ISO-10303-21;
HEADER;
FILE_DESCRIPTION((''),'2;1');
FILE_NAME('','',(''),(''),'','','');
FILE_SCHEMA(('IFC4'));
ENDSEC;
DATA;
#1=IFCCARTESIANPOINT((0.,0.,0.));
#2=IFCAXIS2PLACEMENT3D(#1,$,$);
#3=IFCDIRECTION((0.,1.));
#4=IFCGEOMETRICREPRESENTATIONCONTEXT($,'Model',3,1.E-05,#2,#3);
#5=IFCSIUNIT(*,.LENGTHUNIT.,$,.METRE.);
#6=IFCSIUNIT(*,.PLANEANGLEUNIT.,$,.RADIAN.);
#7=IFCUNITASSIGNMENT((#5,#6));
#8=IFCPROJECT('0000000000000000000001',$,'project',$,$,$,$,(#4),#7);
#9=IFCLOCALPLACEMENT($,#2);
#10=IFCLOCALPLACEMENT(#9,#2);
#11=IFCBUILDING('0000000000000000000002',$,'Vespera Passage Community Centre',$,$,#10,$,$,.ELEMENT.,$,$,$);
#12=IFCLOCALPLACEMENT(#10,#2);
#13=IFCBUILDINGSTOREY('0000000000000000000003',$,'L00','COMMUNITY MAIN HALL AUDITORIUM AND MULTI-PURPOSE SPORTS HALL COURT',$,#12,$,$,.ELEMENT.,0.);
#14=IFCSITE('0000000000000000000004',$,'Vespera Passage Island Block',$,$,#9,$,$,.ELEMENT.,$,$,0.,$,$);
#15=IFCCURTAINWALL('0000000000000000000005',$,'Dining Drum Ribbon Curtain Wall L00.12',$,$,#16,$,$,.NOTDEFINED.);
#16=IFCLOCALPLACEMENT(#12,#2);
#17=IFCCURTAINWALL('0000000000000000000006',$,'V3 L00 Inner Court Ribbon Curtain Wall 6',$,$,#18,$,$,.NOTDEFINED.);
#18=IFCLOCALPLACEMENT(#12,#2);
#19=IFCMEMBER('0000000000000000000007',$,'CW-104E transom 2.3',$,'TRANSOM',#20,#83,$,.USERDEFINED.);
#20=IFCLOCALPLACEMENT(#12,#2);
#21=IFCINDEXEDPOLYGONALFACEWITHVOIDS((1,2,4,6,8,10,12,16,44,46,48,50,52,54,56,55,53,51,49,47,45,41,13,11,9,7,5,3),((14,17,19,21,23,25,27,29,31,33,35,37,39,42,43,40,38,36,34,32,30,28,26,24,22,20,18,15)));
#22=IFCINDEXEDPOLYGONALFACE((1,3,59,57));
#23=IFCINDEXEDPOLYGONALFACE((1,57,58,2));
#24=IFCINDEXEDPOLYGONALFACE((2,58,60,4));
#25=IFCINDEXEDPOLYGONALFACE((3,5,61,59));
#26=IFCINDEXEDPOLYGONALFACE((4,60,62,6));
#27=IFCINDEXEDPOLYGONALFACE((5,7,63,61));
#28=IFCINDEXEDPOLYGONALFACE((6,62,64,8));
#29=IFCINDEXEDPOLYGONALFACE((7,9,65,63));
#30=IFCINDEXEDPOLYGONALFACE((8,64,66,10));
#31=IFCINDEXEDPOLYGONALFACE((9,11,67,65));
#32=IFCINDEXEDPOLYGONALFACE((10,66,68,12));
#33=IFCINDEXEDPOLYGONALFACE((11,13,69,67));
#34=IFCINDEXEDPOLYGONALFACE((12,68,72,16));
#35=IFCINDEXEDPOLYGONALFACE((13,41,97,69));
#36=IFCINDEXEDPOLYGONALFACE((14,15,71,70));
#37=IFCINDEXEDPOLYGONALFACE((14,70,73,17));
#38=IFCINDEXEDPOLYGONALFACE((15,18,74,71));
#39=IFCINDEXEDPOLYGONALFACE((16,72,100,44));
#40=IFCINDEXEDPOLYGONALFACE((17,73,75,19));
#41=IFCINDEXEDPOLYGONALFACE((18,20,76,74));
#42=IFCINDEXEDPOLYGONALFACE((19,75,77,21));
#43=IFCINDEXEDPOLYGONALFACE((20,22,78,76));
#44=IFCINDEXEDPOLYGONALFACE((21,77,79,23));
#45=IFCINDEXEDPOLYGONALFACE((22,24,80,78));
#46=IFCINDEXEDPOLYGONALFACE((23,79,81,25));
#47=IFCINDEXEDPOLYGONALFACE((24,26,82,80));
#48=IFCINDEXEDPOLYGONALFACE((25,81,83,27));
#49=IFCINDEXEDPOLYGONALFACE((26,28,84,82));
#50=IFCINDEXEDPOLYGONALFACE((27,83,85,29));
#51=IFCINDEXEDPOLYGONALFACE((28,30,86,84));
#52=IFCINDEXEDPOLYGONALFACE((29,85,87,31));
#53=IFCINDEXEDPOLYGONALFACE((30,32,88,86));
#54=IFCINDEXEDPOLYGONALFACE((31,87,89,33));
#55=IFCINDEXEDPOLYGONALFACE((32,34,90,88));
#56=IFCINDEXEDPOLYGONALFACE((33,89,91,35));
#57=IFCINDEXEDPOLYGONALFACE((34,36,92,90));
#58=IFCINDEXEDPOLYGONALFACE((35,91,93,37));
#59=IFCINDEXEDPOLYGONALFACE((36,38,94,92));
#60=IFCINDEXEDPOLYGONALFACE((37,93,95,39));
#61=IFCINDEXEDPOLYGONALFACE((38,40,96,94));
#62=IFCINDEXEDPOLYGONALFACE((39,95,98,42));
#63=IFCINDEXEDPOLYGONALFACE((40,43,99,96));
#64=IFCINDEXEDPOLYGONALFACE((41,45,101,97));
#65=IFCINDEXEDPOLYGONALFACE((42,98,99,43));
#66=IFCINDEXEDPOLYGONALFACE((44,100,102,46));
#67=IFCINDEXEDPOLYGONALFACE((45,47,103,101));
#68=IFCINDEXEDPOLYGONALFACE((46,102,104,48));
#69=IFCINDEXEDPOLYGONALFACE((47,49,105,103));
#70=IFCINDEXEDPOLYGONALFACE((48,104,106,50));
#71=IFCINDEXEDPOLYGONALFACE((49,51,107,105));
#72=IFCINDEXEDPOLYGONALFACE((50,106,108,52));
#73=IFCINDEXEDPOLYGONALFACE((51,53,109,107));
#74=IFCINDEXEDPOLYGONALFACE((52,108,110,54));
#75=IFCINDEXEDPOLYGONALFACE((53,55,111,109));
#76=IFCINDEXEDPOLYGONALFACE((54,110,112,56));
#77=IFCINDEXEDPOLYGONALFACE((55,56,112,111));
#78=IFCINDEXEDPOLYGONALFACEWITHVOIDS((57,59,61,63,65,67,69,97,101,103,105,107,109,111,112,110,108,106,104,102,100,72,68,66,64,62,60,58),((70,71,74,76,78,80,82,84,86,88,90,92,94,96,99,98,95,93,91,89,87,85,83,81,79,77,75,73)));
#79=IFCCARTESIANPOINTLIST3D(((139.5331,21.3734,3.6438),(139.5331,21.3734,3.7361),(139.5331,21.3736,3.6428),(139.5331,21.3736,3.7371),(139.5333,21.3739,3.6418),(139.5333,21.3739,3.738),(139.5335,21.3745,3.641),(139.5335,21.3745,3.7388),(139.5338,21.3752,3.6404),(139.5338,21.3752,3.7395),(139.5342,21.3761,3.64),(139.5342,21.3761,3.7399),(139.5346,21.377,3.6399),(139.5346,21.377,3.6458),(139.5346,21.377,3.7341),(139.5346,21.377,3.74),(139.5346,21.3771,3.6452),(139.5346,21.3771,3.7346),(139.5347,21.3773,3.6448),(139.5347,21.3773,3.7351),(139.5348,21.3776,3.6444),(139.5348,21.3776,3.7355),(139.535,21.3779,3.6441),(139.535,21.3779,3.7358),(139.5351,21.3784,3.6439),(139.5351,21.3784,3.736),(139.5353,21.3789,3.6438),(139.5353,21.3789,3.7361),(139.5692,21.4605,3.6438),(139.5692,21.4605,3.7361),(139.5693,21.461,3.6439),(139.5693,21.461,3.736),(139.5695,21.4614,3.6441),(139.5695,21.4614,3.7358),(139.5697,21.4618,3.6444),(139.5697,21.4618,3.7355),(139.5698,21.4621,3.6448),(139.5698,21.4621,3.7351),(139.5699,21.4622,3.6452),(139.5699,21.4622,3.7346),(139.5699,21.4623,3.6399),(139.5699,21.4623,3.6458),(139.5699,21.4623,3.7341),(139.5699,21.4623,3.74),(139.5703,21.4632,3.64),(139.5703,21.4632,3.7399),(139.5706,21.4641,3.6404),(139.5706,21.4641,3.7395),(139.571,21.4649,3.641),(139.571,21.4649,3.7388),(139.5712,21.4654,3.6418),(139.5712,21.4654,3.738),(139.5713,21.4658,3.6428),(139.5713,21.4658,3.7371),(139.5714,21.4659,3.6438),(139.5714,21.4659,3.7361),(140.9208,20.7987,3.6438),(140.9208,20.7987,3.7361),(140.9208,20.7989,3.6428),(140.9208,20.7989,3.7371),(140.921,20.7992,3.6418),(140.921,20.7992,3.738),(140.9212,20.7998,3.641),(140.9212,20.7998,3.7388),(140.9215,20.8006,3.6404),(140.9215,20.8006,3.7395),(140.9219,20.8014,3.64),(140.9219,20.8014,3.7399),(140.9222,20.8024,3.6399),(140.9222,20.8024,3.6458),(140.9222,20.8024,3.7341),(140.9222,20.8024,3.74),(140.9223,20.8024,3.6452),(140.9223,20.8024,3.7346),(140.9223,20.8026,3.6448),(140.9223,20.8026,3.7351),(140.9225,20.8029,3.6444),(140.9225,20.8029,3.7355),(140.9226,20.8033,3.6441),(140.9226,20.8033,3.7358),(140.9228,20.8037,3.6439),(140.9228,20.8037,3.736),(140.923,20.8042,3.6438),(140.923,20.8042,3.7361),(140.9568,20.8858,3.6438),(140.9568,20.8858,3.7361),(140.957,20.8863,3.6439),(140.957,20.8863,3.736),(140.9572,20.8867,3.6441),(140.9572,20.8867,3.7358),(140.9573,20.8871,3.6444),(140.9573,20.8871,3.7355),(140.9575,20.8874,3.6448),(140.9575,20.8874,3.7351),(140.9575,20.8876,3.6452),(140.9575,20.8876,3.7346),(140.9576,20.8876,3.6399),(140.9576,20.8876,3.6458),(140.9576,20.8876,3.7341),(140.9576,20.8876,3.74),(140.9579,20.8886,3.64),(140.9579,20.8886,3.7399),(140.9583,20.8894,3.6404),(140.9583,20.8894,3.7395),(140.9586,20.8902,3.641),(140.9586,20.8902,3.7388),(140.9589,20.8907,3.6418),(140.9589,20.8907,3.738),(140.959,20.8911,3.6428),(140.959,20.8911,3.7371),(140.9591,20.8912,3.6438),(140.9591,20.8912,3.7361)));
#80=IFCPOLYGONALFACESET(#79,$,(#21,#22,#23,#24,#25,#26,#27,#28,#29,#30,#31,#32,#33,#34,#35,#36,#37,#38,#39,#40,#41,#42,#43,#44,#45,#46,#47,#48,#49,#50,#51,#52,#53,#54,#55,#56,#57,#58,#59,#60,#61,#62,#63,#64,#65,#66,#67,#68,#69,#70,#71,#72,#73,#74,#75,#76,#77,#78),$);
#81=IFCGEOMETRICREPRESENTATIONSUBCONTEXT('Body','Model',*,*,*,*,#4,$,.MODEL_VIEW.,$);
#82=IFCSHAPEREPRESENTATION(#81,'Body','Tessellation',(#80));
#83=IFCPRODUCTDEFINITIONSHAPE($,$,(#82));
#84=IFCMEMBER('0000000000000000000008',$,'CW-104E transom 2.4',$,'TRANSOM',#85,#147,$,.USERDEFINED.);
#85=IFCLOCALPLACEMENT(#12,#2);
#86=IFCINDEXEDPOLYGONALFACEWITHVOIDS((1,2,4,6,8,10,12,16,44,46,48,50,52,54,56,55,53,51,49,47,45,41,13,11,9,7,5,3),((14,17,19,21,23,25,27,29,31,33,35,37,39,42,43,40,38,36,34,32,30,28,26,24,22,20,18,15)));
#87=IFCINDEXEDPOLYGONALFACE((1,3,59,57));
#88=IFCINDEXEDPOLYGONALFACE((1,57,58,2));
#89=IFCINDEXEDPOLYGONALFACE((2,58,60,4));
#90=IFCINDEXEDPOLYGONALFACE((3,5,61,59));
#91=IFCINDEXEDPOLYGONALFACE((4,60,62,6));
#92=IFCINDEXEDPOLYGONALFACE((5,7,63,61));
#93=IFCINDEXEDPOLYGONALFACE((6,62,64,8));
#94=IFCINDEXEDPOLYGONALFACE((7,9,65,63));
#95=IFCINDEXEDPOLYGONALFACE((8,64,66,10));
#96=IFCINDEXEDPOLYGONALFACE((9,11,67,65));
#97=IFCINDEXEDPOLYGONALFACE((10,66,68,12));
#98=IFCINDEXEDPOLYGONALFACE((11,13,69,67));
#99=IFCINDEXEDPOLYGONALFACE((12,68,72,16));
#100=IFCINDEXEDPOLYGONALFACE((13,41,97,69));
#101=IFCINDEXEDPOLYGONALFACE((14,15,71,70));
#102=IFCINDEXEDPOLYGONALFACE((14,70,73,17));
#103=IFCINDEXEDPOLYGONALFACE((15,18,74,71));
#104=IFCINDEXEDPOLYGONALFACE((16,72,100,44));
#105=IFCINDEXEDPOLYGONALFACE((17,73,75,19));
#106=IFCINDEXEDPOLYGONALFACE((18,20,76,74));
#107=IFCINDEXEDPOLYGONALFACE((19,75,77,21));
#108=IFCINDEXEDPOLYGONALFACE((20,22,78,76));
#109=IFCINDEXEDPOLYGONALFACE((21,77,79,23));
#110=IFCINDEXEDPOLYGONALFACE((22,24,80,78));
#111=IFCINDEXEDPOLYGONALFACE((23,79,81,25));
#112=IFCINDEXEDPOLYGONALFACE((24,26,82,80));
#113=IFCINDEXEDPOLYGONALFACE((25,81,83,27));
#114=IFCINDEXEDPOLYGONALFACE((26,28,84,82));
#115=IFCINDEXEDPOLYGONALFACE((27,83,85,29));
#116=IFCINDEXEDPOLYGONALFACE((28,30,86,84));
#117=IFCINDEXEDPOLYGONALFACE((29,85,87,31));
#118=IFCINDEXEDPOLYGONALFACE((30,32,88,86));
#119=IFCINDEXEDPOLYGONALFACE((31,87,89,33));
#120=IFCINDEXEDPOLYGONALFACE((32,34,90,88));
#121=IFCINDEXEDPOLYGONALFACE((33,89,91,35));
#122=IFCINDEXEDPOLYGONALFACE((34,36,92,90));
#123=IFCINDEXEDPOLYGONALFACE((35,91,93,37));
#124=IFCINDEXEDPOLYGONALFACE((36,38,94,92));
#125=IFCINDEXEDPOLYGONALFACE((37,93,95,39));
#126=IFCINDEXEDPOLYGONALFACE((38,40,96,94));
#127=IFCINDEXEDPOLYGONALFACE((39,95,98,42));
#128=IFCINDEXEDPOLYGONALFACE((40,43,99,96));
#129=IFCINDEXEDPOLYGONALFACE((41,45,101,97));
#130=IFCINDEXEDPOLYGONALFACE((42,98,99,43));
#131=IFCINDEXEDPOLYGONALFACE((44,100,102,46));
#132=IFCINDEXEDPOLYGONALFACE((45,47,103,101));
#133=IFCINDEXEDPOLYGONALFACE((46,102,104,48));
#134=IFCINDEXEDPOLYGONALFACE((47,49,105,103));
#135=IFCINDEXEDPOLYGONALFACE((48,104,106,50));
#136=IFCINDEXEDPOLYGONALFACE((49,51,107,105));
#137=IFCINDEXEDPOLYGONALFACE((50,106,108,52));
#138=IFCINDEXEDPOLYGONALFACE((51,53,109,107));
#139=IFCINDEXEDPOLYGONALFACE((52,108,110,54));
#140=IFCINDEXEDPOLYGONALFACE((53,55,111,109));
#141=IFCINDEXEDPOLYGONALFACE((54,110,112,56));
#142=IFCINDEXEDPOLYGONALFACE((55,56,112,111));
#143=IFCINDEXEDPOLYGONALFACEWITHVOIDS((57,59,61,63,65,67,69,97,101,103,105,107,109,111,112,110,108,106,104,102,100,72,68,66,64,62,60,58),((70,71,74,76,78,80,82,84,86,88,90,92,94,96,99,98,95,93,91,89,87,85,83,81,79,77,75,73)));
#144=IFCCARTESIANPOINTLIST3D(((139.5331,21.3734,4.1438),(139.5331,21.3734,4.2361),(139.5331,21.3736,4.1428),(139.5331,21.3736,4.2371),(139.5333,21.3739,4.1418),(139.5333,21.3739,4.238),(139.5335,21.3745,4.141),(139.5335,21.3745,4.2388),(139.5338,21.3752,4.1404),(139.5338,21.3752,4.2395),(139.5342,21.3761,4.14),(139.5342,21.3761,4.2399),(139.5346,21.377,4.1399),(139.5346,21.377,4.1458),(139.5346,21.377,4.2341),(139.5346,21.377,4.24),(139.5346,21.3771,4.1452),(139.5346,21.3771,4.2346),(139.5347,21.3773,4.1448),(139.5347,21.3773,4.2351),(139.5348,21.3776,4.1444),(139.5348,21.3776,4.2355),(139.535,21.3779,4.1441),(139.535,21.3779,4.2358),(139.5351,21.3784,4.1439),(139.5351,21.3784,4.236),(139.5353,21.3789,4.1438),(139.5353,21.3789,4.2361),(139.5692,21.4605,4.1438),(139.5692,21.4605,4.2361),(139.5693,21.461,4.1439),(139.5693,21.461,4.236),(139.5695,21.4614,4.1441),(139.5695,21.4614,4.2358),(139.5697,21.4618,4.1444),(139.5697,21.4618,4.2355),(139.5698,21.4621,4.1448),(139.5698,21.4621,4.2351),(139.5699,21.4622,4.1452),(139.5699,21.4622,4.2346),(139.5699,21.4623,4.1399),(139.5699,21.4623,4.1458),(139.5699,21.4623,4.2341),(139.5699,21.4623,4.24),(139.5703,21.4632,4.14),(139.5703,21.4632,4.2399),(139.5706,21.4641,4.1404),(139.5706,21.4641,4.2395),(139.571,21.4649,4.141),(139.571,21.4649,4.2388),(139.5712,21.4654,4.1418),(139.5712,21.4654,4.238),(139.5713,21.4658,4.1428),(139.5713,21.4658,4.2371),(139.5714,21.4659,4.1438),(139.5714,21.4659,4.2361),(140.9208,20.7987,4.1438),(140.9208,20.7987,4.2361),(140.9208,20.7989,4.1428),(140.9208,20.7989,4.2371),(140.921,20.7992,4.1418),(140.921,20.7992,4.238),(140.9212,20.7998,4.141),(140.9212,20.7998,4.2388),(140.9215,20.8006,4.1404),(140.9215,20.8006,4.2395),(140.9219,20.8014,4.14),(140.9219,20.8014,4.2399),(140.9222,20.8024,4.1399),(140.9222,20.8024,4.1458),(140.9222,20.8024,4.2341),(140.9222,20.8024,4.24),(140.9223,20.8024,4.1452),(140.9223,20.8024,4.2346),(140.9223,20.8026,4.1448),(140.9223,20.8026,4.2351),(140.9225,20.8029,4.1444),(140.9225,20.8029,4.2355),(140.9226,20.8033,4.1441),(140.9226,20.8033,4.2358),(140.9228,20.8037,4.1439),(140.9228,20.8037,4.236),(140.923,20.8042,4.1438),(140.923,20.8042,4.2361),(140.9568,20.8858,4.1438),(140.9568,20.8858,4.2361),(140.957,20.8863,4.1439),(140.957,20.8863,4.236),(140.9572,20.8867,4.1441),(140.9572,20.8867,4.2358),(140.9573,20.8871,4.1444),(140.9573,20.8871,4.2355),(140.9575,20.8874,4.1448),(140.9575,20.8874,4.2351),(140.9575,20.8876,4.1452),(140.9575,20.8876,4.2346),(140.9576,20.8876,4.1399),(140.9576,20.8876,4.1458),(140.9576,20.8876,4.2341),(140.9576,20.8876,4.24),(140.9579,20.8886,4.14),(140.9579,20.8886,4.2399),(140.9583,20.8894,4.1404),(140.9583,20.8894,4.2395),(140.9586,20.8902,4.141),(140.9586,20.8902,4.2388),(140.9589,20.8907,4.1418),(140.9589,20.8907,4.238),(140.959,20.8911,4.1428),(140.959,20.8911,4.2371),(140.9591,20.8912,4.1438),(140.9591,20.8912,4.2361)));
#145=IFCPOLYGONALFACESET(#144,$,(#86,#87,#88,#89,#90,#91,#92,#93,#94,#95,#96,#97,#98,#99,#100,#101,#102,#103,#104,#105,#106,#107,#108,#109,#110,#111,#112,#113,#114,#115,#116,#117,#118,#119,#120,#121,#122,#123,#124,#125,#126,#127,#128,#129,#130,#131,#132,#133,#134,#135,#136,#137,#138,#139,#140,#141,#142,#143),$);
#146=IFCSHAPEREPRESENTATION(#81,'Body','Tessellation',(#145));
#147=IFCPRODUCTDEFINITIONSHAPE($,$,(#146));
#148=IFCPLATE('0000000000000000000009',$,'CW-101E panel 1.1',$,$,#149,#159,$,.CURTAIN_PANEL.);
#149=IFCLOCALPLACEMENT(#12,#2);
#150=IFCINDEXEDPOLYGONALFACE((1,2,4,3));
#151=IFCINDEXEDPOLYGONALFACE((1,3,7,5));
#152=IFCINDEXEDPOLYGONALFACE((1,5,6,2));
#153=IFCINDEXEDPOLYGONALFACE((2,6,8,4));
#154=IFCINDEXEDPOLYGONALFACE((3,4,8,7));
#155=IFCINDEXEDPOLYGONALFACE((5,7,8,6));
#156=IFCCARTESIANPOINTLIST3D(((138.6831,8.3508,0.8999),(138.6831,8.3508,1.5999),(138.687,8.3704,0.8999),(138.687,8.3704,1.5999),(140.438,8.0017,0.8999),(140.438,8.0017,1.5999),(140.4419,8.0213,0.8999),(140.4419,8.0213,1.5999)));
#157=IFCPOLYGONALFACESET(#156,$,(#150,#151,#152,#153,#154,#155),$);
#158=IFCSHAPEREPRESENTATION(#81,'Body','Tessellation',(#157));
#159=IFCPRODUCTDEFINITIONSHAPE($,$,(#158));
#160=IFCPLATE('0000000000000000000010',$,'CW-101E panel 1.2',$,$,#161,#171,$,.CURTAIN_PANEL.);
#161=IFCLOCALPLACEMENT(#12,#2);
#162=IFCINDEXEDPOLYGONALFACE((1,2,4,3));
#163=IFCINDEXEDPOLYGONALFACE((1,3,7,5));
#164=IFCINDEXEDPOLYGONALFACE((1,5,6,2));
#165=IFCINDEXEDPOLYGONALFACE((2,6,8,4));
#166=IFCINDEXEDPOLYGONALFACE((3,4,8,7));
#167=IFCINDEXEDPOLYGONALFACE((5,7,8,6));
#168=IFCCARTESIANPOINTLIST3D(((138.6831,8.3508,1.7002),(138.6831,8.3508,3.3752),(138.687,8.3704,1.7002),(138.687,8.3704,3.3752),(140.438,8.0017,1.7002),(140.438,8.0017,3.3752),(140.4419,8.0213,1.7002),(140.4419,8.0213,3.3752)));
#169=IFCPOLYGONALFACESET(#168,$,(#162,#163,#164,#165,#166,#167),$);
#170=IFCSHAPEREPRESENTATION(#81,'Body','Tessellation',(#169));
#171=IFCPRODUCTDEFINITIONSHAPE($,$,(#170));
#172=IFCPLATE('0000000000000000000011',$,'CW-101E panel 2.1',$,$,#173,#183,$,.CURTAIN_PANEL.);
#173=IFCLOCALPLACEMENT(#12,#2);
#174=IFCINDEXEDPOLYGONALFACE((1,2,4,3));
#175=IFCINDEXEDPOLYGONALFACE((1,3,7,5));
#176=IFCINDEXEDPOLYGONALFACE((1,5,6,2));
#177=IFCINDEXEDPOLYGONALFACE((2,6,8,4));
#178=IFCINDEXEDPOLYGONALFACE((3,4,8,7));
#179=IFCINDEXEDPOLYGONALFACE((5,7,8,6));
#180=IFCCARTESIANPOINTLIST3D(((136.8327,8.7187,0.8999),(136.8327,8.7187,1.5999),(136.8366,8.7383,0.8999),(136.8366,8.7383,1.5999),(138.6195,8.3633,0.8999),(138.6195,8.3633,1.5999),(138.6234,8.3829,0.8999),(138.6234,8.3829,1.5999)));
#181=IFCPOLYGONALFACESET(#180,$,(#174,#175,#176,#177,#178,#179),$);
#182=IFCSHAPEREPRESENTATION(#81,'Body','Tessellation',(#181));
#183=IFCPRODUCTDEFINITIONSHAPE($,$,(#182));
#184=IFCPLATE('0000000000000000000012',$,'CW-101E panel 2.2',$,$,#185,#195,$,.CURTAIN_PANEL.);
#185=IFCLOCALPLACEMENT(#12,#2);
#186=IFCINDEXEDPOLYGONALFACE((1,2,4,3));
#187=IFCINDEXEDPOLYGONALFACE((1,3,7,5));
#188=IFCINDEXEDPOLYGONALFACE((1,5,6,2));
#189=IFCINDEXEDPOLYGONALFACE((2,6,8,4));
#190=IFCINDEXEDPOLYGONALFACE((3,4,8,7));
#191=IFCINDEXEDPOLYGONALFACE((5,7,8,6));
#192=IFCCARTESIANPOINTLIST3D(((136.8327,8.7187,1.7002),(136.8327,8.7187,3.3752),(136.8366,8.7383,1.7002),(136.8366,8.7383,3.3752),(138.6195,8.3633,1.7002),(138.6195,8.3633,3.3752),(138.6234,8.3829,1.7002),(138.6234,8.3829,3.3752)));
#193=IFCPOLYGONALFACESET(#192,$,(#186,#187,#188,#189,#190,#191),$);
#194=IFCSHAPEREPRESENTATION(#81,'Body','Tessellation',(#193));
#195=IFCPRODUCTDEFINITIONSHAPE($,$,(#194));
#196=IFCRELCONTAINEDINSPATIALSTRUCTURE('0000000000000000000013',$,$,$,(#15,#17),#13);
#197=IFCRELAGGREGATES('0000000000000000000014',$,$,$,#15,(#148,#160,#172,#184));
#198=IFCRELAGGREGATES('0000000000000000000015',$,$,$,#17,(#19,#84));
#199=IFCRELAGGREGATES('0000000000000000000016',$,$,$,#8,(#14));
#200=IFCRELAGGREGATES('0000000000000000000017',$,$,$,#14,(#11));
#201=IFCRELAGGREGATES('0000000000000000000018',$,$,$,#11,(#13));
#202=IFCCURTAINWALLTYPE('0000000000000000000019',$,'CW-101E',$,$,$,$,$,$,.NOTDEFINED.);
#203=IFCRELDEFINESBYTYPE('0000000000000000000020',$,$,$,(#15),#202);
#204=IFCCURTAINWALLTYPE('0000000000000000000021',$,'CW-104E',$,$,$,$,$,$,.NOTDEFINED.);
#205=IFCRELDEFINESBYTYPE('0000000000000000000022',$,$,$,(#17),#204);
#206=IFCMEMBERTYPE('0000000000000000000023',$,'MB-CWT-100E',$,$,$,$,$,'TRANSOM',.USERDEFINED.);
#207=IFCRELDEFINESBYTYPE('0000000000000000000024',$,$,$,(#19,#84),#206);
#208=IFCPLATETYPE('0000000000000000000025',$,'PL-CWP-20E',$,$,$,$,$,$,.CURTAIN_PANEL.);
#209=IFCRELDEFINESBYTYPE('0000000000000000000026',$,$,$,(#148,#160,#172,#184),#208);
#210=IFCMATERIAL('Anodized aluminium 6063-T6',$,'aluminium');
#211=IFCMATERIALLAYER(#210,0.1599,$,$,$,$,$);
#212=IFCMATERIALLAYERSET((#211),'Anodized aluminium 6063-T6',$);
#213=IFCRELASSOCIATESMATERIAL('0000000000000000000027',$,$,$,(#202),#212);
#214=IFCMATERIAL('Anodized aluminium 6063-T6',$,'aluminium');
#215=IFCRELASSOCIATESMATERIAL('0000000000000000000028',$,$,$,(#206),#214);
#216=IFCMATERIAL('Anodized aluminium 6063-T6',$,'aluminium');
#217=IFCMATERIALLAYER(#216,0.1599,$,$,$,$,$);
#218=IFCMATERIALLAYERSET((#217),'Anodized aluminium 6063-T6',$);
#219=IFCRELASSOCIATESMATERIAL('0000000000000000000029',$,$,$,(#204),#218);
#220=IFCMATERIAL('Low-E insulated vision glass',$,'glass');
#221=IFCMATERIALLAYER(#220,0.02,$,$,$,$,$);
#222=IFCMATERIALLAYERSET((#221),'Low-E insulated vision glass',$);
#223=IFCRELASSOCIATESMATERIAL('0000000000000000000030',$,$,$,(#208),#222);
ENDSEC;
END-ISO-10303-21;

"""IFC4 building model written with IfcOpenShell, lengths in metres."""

from ifc_helpers import new_model, si_unit, direction, frame, origin, origin_2d, place, context, subcontext, project, spatial, rectangle, hollow_rectangle, extrude, material, layer, layer_set, material_profile, profile_set, type_object, element, aggregate, save


model = new_model("IFC4")

# Units and contexts
model_context = context("Model", 3, precision=1e-05, world=origin(), true_north=direction((0.0, 1.0)))
body_context = subcontext(model_context, "Body", "Model", "MODEL_VIEW")
ifc_project = project(units=[si_unit("LENGTHUNIT", "METRE"), si_unit("PLANEANGLEUNIT", "RADIAN")], contexts=[model_context])

# Site, building, storey
site_placement = place(None, origin())
site = spatial("IfcSite", under=ifc_project, at=site_placement, Name="Vespera Passage Island Block", CompositionType="ELEMENT", RefElevation=0.0)
building_placement = place(site_placement, origin())
building = spatial("IfcBuilding", under=site, at=building_placement, Name="Vespera Passage Community Centre", CompositionType="ELEMENT")
storey_placement = place(building_placement, origin())
storey = spatial("IfcBuildingStorey", under=building, at=storey_placement, Name="L00", Description="COMMUNITY MAIN HALL AUDITORIUM AND MULTI-PURPOSE SPORTS HALL COURT", CompositionType="ELEMENT", Elevation=0.0)

# Curtain walls, members
ifc_material_1 = material(Name="Anodized aluminium 6063-T6", Category="aluminium")
ifc_layer_1 = layer(ifc_material_1, 0.1599)
ifc_layer_set_1 = layer_set([ifc_layer_1], Name="Anodized aluminium 6063-T6")
curtain_wall_type_1 = type_object("IfcCurtainWallType", Name="CW-101E", PredefinedType="NOTDEFINED", material=ifc_layer_set_1)
curtain_wall_1_placement = place(storey_placement, origin())
curtain_wall_1 = element("IfcCurtainWall", 1, at=curtain_wall_1_placement, inside=storey, type_object=curtain_wall_type_1, Name="Dining Drum Ribbon Curtain Wall L00.12", PredefinedType="NOTDEFINED")
ifc_material_2 = material(Name="Anodized aluminium 6063-T6", Category="aluminium")
ifc_material_profile_1 = material_profile(ifc_material_2, hollow_rectangle(XDim=0.1001, YDim=0.1001, WallThickness=0.0039, InnerFilletRadius=0.002, OuterFilletRadius=0.0039, at=origin_2d()), Name="ALU100X100X4")
ifc_profile_set_1 = profile_set([ifc_material_profile_1], Name="Anodized aluminium 6063-T6")
member_type_1 = type_object("IfcMemberType", Name="MB-CWT-100E", ElementType="TRANSOM", PredefinedType="USERDEFINED", material=ifc_profile_set_1)
ifc_material_3 = material(Name="Anodized aluminium 6063-T6", Category="aluminium")
ifc_layer_2 = layer(ifc_material_3, 0.1599)
ifc_layer_set_2 = layer_set([ifc_layer_2], Name="Anodized aluminium 6063-T6")
curtain_wall_type_2 = type_object("IfcCurtainWallType", Name="CW-104E", PredefinedType="NOTDEFINED", material=ifc_layer_set_2)
curtain_wall_2_placement = place(storey_placement, origin())
curtain_wall_2 = element("IfcCurtainWall", 2, at=curtain_wall_2_placement, inside=storey, type_object=curtain_wall_type_2, Name="V3 L00 Inner Court Ribbon Curtain Wall 6", PredefinedType="NOTDEFINED")
member_1_placement = place(storey_placement, frame((139.5522, 21.4197, 3.6899), z_axis=(0.923902, -0.382629, 0.0), x_axis=(0.382629, 0.923902, 0.0)))
member_1 = element("IfcMember", 3, at=member_1_placement, type_object=member_type_1, Name="CW-104E transom 2.3", ObjectType="TRANSOM", PredefinedType="USERDEFINED", context=body_context, shape_type="SweptSolid", body=[
    extrude(hollow_rectangle(XDim=0.1001, YDim=0.1001, WallThickness=0.0039, InnerFilletRadius=0.002, OuterFilletRadius=0.0039, at=origin_2d()), origin(), (0.0, 0.0, 1.0), 1.502),
])
member_2_placement = place(storey_placement, frame((139.5522, 21.4197, 4.1899), z_axis=(0.923902, -0.382629, 0.0), x_axis=(0.382629, 0.923902, 0.0)))
member_2 = element("IfcMember", 4, at=member_2_placement, type_object=member_type_1, Name="CW-104E transom 2.4", ObjectType="TRANSOM", PredefinedType="USERDEFINED", context=body_context, shape_type="SweptSolid", body=[
    extrude(hollow_rectangle(XDim=0.1001, YDim=0.1001, WallThickness=0.0039, InnerFilletRadius=0.002, OuterFilletRadius=0.0039, at=origin_2d()), origin(), (0.0, 0.0, 1.0), 1.502),
])

# Plates
ifc_material_4 = material(Name="Low-E insulated vision glass", Category="glass")
ifc_layer_3 = layer(ifc_material_4, 0.02)
ifc_layer_set_3 = layer_set([ifc_layer_3], Name="Low-E insulated vision glass")
plate_type = type_object("IfcPlateType", Name="PL-CWP-20E", PredefinedType="CURTAIN_PANEL", material=ifc_layer_set_3)
plate_1_placement = place(storey_placement, frame((139.5625, 8.186, 0.8999), z_axis=(0.0, 0.0, 1.0), x_axis=(-0.980784, 0.195097, 0.0)))
plate_1 = element("IfcPlate", 5, at=plate_1_placement, type_object=plate_type, Name="CW-101E panel 1.1", PredefinedType="CURTAIN_PANEL", context=body_context, shape_type="SweptSolid", body=[
    extrude(rectangle(XDim=1.7893, YDim=0.02, at=origin_2d()), origin(), (0.0, 0.0, 1.0), 0.7),
])
plate_2_placement = place(storey_placement, frame((139.5625, 8.186, 1.7002), z_axis=(0.0, 0.0, 1.0), x_axis=(-0.980784, 0.195097, 0.0)))
plate_2 = element("IfcPlate", 6, at=plate_2_placement, type_object=plate_type, Name="CW-101E panel 1.2", PredefinedType="CURTAIN_PANEL", context=body_context, shape_type="SweptSolid", body=[
    extrude(rectangle(XDim=1.7893, YDim=0.02, at=origin_2d()), origin(), (0.0, 0.0, 1.0), 1.675),
])
plate_3_placement = place(storey_placement, frame((137.728, 8.5508, 0.8999), z_axis=(0.0, 0.0, 1.0), x_axis=(-0.980784, 0.195097, 0.0)))
plate_3 = element("IfcPlate", 7, at=plate_3_placement, type_object=plate_type, Name="CW-101E panel 2.1", PredefinedType="CURTAIN_PANEL", context=body_context, shape_type="SweptSolid", body=[
    extrude(rectangle(XDim=1.8218, YDim=0.02, at=origin_2d()), origin(), (0.0, 0.0, 1.0), 0.7),
])
plate_4_placement = place(storey_placement, frame((137.728, 8.5508, 1.7002), z_axis=(0.0, 0.0, 1.0), x_axis=(-0.980784, 0.195097, 0.0)))
plate_4 = element("IfcPlate", 8, at=plate_4_placement, type_object=plate_type, Name="CW-101E panel 2.2", PredefinedType="CURTAIN_PANEL", context=body_context, shape_type="SweptSolid", body=[
    extrude(rectangle(XDim=1.8218, YDim=0.02, at=origin_2d()), origin(), (0.0, 0.0, 1.0), 1.675),
])
aggregate(curtain_wall_1, [plate_1, plate_2, plate_3, plate_4])
aggregate(curtain_wall_2, [member_1, member_2])

save(model, "model.ifc")
